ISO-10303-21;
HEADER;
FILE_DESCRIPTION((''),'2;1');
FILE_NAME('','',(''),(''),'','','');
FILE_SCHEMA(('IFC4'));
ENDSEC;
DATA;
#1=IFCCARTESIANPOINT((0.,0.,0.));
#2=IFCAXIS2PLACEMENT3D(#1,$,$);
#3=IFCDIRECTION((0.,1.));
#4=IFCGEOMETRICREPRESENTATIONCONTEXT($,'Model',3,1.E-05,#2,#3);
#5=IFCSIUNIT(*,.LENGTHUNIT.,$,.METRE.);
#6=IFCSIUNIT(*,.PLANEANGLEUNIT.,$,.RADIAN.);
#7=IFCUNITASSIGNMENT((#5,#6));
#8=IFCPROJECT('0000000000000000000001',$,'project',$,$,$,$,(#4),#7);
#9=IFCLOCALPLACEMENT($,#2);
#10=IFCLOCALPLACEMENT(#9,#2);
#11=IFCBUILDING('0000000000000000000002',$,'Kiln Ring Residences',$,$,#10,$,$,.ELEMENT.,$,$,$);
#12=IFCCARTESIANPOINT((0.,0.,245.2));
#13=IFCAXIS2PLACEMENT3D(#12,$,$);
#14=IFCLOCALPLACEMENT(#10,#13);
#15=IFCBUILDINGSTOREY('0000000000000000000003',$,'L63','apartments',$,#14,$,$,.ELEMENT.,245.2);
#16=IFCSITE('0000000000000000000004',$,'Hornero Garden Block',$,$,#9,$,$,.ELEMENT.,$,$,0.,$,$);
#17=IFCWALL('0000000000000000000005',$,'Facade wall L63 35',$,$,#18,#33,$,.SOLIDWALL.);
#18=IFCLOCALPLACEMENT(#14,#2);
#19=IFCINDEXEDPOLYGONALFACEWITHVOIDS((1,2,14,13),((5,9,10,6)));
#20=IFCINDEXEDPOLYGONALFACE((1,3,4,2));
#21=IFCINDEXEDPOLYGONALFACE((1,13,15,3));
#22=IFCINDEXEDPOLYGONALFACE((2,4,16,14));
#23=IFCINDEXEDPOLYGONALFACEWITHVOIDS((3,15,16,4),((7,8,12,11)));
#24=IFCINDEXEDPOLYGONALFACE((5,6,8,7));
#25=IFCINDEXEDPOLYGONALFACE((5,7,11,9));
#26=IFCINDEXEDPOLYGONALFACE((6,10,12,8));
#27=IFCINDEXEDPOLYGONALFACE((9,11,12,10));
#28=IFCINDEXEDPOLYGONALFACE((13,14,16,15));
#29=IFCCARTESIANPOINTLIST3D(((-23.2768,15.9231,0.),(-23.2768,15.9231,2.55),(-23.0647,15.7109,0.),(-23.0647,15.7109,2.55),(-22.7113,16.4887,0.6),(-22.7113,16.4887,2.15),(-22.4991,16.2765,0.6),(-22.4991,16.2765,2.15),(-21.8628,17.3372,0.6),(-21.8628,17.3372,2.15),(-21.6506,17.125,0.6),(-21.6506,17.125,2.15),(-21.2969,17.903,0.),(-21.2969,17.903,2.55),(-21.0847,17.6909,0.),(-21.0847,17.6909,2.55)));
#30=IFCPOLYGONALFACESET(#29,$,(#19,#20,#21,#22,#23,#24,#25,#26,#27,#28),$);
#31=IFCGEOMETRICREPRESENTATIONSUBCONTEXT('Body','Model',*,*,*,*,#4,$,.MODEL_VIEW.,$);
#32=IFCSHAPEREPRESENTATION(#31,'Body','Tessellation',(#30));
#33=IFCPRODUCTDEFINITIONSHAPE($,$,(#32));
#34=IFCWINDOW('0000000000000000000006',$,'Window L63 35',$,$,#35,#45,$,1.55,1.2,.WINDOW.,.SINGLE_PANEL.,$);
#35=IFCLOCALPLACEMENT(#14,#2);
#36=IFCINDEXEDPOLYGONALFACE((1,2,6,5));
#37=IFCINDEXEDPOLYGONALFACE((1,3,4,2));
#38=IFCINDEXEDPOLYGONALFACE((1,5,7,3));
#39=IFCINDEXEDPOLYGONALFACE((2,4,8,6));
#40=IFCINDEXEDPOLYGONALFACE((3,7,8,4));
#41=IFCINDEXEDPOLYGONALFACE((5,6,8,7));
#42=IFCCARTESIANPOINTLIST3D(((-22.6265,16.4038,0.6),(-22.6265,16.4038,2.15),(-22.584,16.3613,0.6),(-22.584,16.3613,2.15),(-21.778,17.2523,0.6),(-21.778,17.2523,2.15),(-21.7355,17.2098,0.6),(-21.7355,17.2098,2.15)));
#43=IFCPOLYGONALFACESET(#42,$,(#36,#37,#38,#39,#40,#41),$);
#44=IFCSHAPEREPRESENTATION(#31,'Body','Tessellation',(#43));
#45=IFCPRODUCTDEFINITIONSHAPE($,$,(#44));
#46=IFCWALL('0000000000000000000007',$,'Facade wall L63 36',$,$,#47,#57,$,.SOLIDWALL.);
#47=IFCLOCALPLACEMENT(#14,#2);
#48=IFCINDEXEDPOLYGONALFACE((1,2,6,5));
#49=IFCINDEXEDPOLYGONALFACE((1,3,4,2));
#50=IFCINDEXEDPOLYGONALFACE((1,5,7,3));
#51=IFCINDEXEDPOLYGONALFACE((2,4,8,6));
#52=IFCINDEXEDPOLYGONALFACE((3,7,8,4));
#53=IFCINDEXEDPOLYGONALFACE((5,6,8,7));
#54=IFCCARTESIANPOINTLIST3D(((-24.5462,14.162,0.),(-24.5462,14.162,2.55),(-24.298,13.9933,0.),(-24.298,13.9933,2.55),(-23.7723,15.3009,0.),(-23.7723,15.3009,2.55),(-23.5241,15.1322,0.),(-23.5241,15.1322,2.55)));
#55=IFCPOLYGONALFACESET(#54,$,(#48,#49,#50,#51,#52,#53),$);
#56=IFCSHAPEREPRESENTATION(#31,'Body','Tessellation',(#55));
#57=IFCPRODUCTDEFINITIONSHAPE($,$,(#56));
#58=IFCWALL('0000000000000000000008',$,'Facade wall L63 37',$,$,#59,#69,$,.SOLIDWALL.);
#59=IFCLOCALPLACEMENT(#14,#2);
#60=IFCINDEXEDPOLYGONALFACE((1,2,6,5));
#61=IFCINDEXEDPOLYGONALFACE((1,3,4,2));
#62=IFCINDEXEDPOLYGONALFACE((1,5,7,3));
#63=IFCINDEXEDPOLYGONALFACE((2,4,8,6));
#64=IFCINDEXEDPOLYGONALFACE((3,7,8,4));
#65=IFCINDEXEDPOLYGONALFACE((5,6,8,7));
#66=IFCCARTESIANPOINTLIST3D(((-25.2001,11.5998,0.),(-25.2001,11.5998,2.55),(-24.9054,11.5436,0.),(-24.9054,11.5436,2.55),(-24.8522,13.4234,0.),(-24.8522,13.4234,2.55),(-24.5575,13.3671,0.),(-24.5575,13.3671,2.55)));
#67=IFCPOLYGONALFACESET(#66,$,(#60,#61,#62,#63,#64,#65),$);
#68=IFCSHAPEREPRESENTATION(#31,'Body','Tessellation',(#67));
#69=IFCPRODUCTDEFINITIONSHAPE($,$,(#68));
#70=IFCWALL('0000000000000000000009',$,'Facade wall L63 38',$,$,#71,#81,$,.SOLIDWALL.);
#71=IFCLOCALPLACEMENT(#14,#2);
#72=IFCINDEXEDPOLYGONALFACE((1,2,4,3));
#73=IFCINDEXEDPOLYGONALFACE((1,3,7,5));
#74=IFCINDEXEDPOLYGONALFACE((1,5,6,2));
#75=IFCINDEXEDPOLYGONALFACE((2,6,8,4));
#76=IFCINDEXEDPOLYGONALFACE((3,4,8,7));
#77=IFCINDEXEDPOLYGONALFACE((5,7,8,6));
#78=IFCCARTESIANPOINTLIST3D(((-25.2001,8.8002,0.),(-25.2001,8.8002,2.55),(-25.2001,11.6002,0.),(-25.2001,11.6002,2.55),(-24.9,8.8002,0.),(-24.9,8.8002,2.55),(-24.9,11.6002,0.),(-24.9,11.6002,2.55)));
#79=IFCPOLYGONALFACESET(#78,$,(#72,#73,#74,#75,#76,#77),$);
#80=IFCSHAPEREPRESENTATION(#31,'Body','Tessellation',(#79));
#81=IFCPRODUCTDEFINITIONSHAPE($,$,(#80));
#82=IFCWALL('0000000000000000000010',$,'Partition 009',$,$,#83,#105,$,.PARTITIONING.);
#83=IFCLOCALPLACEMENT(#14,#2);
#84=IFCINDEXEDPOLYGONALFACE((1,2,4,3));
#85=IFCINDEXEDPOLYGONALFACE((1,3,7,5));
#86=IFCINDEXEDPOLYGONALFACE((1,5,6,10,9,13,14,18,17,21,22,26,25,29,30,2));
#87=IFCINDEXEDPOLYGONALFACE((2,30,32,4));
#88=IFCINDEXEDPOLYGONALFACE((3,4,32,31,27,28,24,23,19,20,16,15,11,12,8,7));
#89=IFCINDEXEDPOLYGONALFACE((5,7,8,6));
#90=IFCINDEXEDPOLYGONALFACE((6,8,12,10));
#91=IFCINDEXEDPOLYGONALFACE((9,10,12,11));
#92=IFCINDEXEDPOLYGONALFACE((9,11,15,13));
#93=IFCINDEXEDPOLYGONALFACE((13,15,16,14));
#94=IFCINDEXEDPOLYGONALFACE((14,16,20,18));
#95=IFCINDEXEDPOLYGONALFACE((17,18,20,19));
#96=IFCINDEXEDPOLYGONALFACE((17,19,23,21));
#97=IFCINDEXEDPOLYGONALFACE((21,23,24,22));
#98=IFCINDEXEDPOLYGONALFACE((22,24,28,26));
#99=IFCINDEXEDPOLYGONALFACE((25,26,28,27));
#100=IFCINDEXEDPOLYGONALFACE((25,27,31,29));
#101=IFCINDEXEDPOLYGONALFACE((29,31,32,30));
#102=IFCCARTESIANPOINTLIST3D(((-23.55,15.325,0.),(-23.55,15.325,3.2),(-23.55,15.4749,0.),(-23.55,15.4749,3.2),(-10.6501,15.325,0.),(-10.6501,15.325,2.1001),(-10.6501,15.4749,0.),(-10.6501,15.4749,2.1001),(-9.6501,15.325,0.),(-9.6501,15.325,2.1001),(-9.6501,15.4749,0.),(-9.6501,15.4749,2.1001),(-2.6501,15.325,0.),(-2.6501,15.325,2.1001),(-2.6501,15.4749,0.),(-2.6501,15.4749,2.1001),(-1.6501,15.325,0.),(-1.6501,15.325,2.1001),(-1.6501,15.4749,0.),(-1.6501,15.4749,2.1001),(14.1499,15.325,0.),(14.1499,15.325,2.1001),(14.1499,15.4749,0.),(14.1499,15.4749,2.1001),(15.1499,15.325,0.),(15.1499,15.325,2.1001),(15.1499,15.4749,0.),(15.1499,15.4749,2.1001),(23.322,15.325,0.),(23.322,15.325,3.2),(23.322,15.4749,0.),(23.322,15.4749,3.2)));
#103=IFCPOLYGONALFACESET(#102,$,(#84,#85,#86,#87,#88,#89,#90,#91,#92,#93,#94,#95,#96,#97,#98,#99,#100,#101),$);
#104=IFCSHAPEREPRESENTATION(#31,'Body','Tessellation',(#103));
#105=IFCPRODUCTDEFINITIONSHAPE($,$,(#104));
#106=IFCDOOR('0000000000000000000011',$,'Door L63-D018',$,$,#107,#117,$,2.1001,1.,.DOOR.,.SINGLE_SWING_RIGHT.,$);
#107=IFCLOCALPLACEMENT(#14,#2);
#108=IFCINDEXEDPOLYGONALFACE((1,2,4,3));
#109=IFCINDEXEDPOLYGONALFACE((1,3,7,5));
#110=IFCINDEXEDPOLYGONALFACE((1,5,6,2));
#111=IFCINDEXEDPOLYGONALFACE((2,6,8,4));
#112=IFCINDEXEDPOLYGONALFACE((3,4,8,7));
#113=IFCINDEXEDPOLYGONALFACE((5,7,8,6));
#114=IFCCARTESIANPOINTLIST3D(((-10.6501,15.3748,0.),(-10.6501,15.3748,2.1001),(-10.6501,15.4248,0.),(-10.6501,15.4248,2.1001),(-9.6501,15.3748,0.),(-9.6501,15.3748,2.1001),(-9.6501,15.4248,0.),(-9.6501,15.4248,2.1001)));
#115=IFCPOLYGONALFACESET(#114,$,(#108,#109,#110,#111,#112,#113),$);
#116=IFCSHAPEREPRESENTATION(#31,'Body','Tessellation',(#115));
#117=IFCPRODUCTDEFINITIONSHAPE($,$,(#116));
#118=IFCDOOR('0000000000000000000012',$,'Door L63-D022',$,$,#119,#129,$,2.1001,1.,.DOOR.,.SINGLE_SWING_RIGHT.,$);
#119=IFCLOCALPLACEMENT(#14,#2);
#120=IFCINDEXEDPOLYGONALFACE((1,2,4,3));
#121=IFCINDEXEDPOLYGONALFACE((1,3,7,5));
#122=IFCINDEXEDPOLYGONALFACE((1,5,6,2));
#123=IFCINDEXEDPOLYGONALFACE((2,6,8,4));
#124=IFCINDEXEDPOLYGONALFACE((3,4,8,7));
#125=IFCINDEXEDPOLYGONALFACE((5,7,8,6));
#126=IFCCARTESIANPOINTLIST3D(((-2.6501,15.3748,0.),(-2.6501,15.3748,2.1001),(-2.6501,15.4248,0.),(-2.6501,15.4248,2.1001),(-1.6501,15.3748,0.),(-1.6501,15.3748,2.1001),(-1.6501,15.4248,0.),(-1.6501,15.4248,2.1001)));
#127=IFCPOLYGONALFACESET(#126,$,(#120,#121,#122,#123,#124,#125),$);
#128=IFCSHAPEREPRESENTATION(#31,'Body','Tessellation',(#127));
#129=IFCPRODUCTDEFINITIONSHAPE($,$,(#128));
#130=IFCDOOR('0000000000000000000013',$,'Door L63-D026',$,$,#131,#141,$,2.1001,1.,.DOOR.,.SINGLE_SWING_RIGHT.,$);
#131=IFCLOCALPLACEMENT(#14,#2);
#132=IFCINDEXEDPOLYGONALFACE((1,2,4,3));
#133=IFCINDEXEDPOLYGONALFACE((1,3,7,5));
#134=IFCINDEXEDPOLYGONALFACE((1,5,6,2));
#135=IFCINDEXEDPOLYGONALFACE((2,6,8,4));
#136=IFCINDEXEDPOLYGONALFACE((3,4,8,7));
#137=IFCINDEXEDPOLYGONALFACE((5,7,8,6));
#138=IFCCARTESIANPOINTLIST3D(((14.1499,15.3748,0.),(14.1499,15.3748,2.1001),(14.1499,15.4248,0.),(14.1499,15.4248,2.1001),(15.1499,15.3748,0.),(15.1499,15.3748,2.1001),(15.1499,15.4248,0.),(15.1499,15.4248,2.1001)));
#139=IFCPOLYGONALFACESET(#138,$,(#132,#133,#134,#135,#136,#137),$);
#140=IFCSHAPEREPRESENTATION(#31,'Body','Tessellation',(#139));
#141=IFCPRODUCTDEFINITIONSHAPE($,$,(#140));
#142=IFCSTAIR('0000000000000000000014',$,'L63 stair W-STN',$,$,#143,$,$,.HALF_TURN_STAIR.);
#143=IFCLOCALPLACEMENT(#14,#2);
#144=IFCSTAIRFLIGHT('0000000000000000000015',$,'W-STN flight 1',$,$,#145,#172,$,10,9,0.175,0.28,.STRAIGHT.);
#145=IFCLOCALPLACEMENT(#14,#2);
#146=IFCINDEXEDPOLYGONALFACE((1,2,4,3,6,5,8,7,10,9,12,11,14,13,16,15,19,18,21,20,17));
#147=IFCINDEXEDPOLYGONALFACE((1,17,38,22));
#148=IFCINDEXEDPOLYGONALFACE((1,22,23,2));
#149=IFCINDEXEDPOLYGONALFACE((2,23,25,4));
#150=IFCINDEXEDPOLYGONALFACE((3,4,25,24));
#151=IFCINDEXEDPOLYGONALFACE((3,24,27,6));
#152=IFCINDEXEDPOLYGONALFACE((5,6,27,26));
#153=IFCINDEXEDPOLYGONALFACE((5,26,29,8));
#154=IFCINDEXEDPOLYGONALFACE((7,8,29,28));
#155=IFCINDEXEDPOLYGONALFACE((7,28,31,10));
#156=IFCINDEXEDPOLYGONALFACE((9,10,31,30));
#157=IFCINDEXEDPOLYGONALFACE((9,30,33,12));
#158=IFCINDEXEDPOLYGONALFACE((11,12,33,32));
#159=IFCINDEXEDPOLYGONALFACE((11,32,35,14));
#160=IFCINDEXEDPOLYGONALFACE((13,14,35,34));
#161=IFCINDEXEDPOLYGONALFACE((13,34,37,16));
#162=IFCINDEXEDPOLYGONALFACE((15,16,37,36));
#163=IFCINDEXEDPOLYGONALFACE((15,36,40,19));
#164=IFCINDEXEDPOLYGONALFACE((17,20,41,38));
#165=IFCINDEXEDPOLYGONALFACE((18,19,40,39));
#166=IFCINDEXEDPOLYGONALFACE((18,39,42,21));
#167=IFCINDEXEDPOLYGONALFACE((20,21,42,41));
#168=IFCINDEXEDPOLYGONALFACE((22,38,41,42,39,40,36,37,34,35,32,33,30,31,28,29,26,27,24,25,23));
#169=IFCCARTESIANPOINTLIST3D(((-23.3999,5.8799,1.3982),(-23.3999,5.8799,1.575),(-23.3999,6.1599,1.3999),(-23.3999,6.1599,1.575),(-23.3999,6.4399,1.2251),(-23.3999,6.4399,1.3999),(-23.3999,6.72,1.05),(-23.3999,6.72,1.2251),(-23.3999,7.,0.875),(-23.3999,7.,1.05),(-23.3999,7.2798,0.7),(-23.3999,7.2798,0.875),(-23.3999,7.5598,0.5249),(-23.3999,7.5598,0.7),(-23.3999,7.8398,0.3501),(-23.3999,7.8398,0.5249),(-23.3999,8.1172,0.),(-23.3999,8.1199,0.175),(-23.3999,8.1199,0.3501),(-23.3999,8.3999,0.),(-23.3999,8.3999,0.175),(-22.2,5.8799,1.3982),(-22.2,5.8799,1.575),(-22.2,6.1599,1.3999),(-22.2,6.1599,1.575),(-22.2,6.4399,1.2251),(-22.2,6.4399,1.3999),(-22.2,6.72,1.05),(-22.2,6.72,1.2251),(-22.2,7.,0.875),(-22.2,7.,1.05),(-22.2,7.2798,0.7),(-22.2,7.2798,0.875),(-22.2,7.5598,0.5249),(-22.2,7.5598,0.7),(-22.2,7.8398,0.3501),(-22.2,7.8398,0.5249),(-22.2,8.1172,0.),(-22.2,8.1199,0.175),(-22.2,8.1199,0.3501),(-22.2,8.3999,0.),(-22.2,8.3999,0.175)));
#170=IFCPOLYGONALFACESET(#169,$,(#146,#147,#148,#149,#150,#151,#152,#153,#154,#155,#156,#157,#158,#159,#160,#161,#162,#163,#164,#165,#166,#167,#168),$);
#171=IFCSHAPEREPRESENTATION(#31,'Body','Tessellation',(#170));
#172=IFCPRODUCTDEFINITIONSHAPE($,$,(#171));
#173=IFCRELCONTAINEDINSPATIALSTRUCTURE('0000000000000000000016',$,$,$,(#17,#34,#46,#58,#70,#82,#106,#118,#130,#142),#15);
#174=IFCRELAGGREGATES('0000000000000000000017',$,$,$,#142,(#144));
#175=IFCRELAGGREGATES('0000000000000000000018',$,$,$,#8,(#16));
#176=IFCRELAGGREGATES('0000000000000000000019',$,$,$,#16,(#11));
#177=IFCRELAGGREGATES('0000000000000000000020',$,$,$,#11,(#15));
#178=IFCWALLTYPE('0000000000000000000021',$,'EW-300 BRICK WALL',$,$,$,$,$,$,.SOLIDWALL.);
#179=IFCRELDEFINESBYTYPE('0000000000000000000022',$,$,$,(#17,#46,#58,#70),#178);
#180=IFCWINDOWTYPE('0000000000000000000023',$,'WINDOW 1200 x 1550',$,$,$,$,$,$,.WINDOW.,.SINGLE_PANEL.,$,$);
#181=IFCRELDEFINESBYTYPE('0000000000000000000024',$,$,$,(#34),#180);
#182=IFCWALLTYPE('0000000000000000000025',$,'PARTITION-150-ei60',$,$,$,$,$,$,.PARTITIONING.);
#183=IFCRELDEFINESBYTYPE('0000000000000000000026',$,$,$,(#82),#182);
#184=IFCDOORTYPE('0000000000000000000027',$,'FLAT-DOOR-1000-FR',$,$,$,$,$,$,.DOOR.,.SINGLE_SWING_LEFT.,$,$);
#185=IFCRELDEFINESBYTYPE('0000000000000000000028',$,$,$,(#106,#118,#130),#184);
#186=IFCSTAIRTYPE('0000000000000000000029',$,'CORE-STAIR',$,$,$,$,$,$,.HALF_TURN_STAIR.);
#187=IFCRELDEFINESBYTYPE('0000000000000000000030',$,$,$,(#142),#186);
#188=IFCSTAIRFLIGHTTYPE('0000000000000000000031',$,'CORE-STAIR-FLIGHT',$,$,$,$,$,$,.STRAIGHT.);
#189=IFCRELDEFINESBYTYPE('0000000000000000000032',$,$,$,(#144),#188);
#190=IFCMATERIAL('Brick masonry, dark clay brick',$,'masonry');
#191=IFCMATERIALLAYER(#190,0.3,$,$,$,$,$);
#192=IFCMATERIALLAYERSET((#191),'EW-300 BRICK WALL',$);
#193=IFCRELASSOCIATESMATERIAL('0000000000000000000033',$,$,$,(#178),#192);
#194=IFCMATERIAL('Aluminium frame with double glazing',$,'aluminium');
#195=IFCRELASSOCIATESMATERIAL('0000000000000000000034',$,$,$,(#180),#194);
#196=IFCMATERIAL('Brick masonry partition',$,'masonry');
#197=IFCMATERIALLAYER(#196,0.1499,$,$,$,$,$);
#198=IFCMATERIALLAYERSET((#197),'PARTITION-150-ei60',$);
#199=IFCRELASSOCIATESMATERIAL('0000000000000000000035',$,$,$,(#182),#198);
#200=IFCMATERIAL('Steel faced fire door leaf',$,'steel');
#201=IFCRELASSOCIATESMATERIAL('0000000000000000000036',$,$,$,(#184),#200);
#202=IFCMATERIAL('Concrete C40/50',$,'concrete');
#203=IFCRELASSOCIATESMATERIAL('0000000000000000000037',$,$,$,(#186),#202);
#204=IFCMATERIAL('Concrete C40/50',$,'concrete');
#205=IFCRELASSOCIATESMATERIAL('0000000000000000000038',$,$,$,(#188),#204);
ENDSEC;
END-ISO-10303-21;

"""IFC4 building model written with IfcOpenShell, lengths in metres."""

from ifc_helpers import new_model, si_unit, direction, frame, frame_2d, origin, place, context, subcontext, project, spatial, polyline, rectangle, outline, extrude, material, layer, layer_set, type_object, element, fill, aggregate, save


model = new_model("IFC4")

# Units and contexts
model_context = context("Model", 3, precision=1e-05, world=origin(), true_north=direction((0.0, 1.0)))
body_context = subcontext(model_context, "Body", "Model", "MODEL_VIEW")
ifc_project = project(units=[si_unit("LENGTHUNIT", "METRE"), si_unit("PLANEANGLEUNIT", "RADIAN")], contexts=[model_context])

# Site, building, storey
site_placement = place(None, origin())
site = spatial("IfcSite", under=ifc_project, at=site_placement, Name="Hornero Garden Block", CompositionType="ELEMENT", RefElevation=0.0)
building_placement = place(site_placement, origin())
building = spatial("IfcBuilding", under=site, at=building_placement, Name="Kiln Ring Residences", CompositionType="ELEMENT")
storey_placement = place(building_placement, frame((0.0, 0.0, 245.2)))
storey = spatial("IfcBuildingStorey", under=building, at=storey_placement, Name="L63", Description="apartments", CompositionType="ELEMENT", Elevation=245.2)

# Wall, opening, window
ifc_material_1 = material(Name="Brick masonry, dark clay brick", Category="masonry")
ifc_layer_1 = layer(ifc_material_1, 0.3)
ifc_layer_set_1 = layer_set([ifc_layer_1], Name="EW-300 BRICK WALL")
wall_type_1 = type_object("IfcWallType", Name="EW-300 BRICK WALL", PredefinedType="SOLIDWALL", material=ifc_layer_set_1)
wall_1_placement = place(storey_placement, frame((-21.1909, 17.7969, 0.0), z_axis=(0.0, 0.0, 1.0), x_axis=(-0.707107, -0.707107, 0.0)))
wall_1 = element("IfcWall", 1, at=wall_1_placement, inside=storey, type_object=wall_type_1, Name="Facade wall L63 35", PredefinedType="SOLIDWALL", context=body_context, shape_type="SweptSolid", body=[
    extrude(rectangle(XDim=2.8, YDim=0.3, at=frame_2d((1.3999, 0.0))), origin(), (0.0, 0.0, 1.0), 2.55),
])
opening_1_placement = place(wall_1_placement, frame((0.8, 0.0, 0.6001)))
opening_1 = element("IfcOpeningElement", 2, at=opening_1_placement, cuts=wall_1, PredefinedType="OPENING", context=body_context, shape_type="SweptSolid", body=[
    extrude(rectangle(XDim=1.2, YDim=1.55, at=frame_2d((0.6001, 0.7749))), frame((0.0, 0.1599, 0.0), z_axis=(0.0, -1.0, 0.0), x_axis=(1.0, 0.0, 0.0)), (0.0, 0.0, 1.0), 0.3201),
])
ifc_material_2 = material(Name="Aluminium frame with double glazing", Category="aluminium")
window_type_1 = type_object("IfcWindowType", Name="WINDOW 1200 x 1550", PartitioningType="SINGLE_PANEL", PredefinedType="WINDOW", material=ifc_material_2)
window_1_placement = place(opening_1_placement, origin())
window_1 = element("IfcWindow", 3, at=window_1_placement, inside=storey, type_object=window_type_1, Name="Window L63 35", OverallHeight=1.55, OverallWidth=1.2, PartitioningType="SINGLE_PANEL", PredefinedType="WINDOW", context=body_context, shape_type="SweptSolid", body=[
    extrude(rectangle(XDim=1.2, YDim=1.55, at=frame_2d((0.6001, 0.7749))), frame((0.0, 0.03, 0.0), z_axis=(0.0, -1.0, 0.0), x_axis=(1.0, 0.0, 0.0)), (0.0, 0.0, 1.0), 0.0601),
])
fill(opening_1, window_1)

# Walls
wall_2_placement = place(storey_placement, frame((-23.6482, 15.2166, 0.0), z_axis=(0.0, 0.0, 1.0), x_axis=(-0.562043, -0.827108, 0.0)))
element("IfcWall", 4, at=wall_2_placement, inside=storey, type_object=wall_type_1, Name="Facade wall L63 36", PredefinedType="SOLIDWALL", context=body_context, shape_type="SweptSolid", body=[
    extrude(rectangle(XDim=1.377, YDim=0.3, at=frame_2d((0.6885, 0.0))), origin(), (0.0, 0.0, 1.0), 2.55),
])
wall_3_placement = place(storey_placement, frame((-24.7048, 13.3953, 0.0), z_axis=(0.0, 0.0, 1.0), x_axis=(-0.187408, -0.982282, 0.0)))
element("IfcWall", 5, at=wall_3_placement, inside=storey, type_object=wall_type_1, Name="Facade wall L63 37", PredefinedType="SOLIDWALL", context=body_context, shape_type="SweptSolid", body=[
    extrude(rectangle(XDim=1.8564, YDim=0.3, at=frame_2d((0.9282, 0.0))), origin(), (0.0, 0.0, 1.0), 2.55),
])
wall_4_placement = place(storey_placement, frame((-25.05, 11.6001, 0.0), z_axis=(0.0, 0.0, 1.0), x_axis=(0.0, -1.0, 0.0)))
element("IfcWall", 6, at=wall_4_placement, inside=storey, type_object=wall_type_1, Name="Facade wall L63 38", PredefinedType="SOLIDWALL", context=body_context, shape_type="SweptSolid", body=[
    extrude(rectangle(XDim=2.8, YDim=0.3, at=frame_2d((1.3999, 0.0))), origin(), (0.0, 0.0, 1.0), 2.55),
])

# Wall, openings, doors
ifc_material_3 = material(Name="Brick masonry partition", Category="masonry")
ifc_layer_2 = layer(ifc_material_3, 0.1499)
ifc_layer_set_2 = layer_set([ifc_layer_2], Name="PARTITION-150-ei60")
wall_type_2 = type_object("IfcWallType", Name="PARTITION-150-ei60", PredefinedType="PARTITIONING", material=ifc_layer_set_2)
wall_5_placement = place(storey_placement, frame((-23.55, 15.3999, 0.0), z_axis=(0.0, 0.0, 1.0), x_axis=(1.0, 0.0, 0.0)))
wall_5 = element("IfcWall", 7, at=wall_5_placement, inside=storey, type_object=wall_type_2, Name="Partition 009", PredefinedType="PARTITIONING", context=body_context, shape_type="SweptSolid", body=[
    extrude(rectangle(XDim=46.8721, YDim=0.1499, at=frame_2d((23.436, 0.0))), origin(), (0.0, 0.0, 1.0), 3.2),
])
opening_2_placement = place(wall_5_placement, frame((12.8999, 0.0, 0.0)))
opening_2 = element("IfcOpeningElement", 8, at=opening_2_placement, cuts=wall_5, PredefinedType="OPENING", context=body_context, shape_type="SweptSolid", body=[
    extrude(rectangle(XDim=1.0, YDim=2.1001, at=frame_2d((0.5, 1.05))), frame((0.0, 0.085, 0.0), z_axis=(0.0, -1.0, 0.0), x_axis=(1.0, 0.0, 0.0)), (0.0, 0.0, 1.0), 0.1699),
])
opening_3_placement = place(wall_5_placement, frame((20.8999, 0.0, 0.0)))
opening_3 = element("IfcOpeningElement", 9, at=opening_3_placement, cuts=wall_5, PredefinedType="OPENING", context=body_context, shape_type="SweptSolid", body=[
    extrude(rectangle(XDim=1.0, YDim=2.1001, at=frame_2d((0.5, 1.05))), frame((0.0, 0.085, 0.0), z_axis=(0.0, -1.0, 0.0), x_axis=(1.0, 0.0, 0.0)), (0.0, 0.0, 1.0), 0.1699),
])
opening_4_placement = place(wall_5_placement, frame((37.7, 0.0, 0.0)))
opening_4 = element("IfcOpeningElement", 10, at=opening_4_placement, cuts=wall_5, PredefinedType="OPENING", context=body_context, shape_type="SweptSolid", body=[
    extrude(rectangle(XDim=1.0, YDim=2.1001, at=frame_2d((0.5, 1.05))), frame((0.0, 0.085, 0.0), z_axis=(0.0, -1.0, 0.0), x_axis=(1.0, 0.0, 0.0)), (0.0, 0.0, 1.0), 0.1699),
])
ifc_material_4 = material(Name="Steel faced fire door leaf", Category="steel")
door_type_1 = type_object("IfcDoorType", Name="FLAT-DOOR-1000-FR", OperationType="SINGLE_SWING_LEFT", PredefinedType="DOOR", material=ifc_material_4)
door_1_placement = place(opening_2_placement, origin())
door_1 = element("IfcDoor", 11, at=door_1_placement, inside=storey, type_object=door_type_1, Name="Door L63-D018", OperationType="SINGLE_SWING_RIGHT", OverallHeight=2.1001, OverallWidth=1.0, PredefinedType="DOOR", context=body_context, shape_type="SweptSolid", body=[
    extrude(rectangle(XDim=1.0, YDim=2.1001, at=frame_2d((0.5, 1.05))), frame((0.0, 0.0249, 0.0), z_axis=(0.0, -1.0, 0.0), x_axis=(1.0, 0.0, 0.0)), (0.0, 0.0, 1.0), 0.05),
])
fill(opening_2, door_1)
door_2_placement = place(opening_3_placement, origin())
door_2 = element("IfcDoor", 12, at=door_2_placement, inside=storey, type_object=door_type_1, Name="Door L63-D022", OperationType="SINGLE_SWING_RIGHT", OverallHeight=2.1001, OverallWidth=1.0, PredefinedType="DOOR", context=body_context, shape_type="SweptSolid", body=[
    extrude(rectangle(XDim=1.0, YDim=2.1001, at=frame_2d((0.5, 1.05))), frame((0.0, 0.0249, 0.0), z_axis=(0.0, -1.0, 0.0), x_axis=(1.0, 0.0, 0.0)), (0.0, 0.0, 1.0), 0.05),
])
fill(opening_3, door_2)
door_3_placement = place(opening_4_placement, origin())
door_3 = element("IfcDoor", 13, at=door_3_placement, inside=storey, type_object=door_type_1, Name="Door L63-D026", OperationType="SINGLE_SWING_RIGHT", OverallHeight=2.1001, OverallWidth=1.0, PredefinedType="DOOR", context=body_context, shape_type="SweptSolid", body=[
    extrude(rectangle(XDim=1.0, YDim=2.1001, at=frame_2d((0.5, 1.05))), frame((0.0, 0.0249, 0.0), z_axis=(0.0, -1.0, 0.0), x_axis=(1.0, 0.0, 0.0)), (0.0, 0.0, 1.0), 0.05),
])
fill(opening_4, door_3)

# Stair, stair flight
ifc_material_5 = material(Name="Concrete C40/50", Category="concrete")
stair_type = type_object("IfcStairType", Name="CORE-STAIR", PredefinedType="HALF_TURN_STAIR", material=ifc_material_5)
stair_placement = place(storey_placement, origin())
stair = element("IfcStair", 14, at=stair_placement, inside=storey, type_object=stair_type, Name="L63 stair W-STN", PredefinedType="HALF_TURN_STAIR")
ifc_material_6 = material(Name="Concrete C40/50", Category="concrete")
stair_flight_type = type_object("IfcStairFlightType", Name="CORE-STAIR-FLIGHT", PredefinedType="STRAIGHT", material=ifc_material_6)
stair_flight_placement = place(storey_placement, frame((-22.8, 8.3999, 0.0), z_axis=(0.0, 0.0, 1.0), x_axis=(0.0, -1.0, 0.0)))
stair_flight = element("IfcStairFlight", 15, at=stair_flight_placement, type_object=stair_flight_type, Name="W-STN flight 1", NumberOfRisers=10, NumberOfTreads=9, PredefinedType="STRAIGHT", RiserHeight=0.175, TreadLength=0.28, context=body_context, shape_type="SweptSolid", body=[
    extrude(outline(polyline([(0.0, 0.0), (0.0, 0.175), (0.28, 0.175), (0.28, 0.3501), (0.5601, 0.3501), (0.5601, 0.5249), (0.8401, 0.5249), (0.8401, 0.7), (1.1201, 0.7), (1.1201, 0.875), (1.3999, 0.875), (1.3999, 1.05), (1.6799, 1.05), (1.6799, 1.2251), (1.96, 1.2251), (1.96, 1.3999), (2.24, 1.3999), (2.24, 1.575), (2.52, 1.575), (2.52, 1.75), (2.52, 1.3982), (0.2827, 0.0), (0.0, 0.0)])), frame((0.0, 0.6001, 0.0), z_axis=(0.0, -1.0, 0.0), x_axis=(1.0, 0.0, 0.0)), (0.0, 0.0, 1.0), 1.2),
])
aggregate(stair, [stair_flight])

save(model, "model.ifc")
